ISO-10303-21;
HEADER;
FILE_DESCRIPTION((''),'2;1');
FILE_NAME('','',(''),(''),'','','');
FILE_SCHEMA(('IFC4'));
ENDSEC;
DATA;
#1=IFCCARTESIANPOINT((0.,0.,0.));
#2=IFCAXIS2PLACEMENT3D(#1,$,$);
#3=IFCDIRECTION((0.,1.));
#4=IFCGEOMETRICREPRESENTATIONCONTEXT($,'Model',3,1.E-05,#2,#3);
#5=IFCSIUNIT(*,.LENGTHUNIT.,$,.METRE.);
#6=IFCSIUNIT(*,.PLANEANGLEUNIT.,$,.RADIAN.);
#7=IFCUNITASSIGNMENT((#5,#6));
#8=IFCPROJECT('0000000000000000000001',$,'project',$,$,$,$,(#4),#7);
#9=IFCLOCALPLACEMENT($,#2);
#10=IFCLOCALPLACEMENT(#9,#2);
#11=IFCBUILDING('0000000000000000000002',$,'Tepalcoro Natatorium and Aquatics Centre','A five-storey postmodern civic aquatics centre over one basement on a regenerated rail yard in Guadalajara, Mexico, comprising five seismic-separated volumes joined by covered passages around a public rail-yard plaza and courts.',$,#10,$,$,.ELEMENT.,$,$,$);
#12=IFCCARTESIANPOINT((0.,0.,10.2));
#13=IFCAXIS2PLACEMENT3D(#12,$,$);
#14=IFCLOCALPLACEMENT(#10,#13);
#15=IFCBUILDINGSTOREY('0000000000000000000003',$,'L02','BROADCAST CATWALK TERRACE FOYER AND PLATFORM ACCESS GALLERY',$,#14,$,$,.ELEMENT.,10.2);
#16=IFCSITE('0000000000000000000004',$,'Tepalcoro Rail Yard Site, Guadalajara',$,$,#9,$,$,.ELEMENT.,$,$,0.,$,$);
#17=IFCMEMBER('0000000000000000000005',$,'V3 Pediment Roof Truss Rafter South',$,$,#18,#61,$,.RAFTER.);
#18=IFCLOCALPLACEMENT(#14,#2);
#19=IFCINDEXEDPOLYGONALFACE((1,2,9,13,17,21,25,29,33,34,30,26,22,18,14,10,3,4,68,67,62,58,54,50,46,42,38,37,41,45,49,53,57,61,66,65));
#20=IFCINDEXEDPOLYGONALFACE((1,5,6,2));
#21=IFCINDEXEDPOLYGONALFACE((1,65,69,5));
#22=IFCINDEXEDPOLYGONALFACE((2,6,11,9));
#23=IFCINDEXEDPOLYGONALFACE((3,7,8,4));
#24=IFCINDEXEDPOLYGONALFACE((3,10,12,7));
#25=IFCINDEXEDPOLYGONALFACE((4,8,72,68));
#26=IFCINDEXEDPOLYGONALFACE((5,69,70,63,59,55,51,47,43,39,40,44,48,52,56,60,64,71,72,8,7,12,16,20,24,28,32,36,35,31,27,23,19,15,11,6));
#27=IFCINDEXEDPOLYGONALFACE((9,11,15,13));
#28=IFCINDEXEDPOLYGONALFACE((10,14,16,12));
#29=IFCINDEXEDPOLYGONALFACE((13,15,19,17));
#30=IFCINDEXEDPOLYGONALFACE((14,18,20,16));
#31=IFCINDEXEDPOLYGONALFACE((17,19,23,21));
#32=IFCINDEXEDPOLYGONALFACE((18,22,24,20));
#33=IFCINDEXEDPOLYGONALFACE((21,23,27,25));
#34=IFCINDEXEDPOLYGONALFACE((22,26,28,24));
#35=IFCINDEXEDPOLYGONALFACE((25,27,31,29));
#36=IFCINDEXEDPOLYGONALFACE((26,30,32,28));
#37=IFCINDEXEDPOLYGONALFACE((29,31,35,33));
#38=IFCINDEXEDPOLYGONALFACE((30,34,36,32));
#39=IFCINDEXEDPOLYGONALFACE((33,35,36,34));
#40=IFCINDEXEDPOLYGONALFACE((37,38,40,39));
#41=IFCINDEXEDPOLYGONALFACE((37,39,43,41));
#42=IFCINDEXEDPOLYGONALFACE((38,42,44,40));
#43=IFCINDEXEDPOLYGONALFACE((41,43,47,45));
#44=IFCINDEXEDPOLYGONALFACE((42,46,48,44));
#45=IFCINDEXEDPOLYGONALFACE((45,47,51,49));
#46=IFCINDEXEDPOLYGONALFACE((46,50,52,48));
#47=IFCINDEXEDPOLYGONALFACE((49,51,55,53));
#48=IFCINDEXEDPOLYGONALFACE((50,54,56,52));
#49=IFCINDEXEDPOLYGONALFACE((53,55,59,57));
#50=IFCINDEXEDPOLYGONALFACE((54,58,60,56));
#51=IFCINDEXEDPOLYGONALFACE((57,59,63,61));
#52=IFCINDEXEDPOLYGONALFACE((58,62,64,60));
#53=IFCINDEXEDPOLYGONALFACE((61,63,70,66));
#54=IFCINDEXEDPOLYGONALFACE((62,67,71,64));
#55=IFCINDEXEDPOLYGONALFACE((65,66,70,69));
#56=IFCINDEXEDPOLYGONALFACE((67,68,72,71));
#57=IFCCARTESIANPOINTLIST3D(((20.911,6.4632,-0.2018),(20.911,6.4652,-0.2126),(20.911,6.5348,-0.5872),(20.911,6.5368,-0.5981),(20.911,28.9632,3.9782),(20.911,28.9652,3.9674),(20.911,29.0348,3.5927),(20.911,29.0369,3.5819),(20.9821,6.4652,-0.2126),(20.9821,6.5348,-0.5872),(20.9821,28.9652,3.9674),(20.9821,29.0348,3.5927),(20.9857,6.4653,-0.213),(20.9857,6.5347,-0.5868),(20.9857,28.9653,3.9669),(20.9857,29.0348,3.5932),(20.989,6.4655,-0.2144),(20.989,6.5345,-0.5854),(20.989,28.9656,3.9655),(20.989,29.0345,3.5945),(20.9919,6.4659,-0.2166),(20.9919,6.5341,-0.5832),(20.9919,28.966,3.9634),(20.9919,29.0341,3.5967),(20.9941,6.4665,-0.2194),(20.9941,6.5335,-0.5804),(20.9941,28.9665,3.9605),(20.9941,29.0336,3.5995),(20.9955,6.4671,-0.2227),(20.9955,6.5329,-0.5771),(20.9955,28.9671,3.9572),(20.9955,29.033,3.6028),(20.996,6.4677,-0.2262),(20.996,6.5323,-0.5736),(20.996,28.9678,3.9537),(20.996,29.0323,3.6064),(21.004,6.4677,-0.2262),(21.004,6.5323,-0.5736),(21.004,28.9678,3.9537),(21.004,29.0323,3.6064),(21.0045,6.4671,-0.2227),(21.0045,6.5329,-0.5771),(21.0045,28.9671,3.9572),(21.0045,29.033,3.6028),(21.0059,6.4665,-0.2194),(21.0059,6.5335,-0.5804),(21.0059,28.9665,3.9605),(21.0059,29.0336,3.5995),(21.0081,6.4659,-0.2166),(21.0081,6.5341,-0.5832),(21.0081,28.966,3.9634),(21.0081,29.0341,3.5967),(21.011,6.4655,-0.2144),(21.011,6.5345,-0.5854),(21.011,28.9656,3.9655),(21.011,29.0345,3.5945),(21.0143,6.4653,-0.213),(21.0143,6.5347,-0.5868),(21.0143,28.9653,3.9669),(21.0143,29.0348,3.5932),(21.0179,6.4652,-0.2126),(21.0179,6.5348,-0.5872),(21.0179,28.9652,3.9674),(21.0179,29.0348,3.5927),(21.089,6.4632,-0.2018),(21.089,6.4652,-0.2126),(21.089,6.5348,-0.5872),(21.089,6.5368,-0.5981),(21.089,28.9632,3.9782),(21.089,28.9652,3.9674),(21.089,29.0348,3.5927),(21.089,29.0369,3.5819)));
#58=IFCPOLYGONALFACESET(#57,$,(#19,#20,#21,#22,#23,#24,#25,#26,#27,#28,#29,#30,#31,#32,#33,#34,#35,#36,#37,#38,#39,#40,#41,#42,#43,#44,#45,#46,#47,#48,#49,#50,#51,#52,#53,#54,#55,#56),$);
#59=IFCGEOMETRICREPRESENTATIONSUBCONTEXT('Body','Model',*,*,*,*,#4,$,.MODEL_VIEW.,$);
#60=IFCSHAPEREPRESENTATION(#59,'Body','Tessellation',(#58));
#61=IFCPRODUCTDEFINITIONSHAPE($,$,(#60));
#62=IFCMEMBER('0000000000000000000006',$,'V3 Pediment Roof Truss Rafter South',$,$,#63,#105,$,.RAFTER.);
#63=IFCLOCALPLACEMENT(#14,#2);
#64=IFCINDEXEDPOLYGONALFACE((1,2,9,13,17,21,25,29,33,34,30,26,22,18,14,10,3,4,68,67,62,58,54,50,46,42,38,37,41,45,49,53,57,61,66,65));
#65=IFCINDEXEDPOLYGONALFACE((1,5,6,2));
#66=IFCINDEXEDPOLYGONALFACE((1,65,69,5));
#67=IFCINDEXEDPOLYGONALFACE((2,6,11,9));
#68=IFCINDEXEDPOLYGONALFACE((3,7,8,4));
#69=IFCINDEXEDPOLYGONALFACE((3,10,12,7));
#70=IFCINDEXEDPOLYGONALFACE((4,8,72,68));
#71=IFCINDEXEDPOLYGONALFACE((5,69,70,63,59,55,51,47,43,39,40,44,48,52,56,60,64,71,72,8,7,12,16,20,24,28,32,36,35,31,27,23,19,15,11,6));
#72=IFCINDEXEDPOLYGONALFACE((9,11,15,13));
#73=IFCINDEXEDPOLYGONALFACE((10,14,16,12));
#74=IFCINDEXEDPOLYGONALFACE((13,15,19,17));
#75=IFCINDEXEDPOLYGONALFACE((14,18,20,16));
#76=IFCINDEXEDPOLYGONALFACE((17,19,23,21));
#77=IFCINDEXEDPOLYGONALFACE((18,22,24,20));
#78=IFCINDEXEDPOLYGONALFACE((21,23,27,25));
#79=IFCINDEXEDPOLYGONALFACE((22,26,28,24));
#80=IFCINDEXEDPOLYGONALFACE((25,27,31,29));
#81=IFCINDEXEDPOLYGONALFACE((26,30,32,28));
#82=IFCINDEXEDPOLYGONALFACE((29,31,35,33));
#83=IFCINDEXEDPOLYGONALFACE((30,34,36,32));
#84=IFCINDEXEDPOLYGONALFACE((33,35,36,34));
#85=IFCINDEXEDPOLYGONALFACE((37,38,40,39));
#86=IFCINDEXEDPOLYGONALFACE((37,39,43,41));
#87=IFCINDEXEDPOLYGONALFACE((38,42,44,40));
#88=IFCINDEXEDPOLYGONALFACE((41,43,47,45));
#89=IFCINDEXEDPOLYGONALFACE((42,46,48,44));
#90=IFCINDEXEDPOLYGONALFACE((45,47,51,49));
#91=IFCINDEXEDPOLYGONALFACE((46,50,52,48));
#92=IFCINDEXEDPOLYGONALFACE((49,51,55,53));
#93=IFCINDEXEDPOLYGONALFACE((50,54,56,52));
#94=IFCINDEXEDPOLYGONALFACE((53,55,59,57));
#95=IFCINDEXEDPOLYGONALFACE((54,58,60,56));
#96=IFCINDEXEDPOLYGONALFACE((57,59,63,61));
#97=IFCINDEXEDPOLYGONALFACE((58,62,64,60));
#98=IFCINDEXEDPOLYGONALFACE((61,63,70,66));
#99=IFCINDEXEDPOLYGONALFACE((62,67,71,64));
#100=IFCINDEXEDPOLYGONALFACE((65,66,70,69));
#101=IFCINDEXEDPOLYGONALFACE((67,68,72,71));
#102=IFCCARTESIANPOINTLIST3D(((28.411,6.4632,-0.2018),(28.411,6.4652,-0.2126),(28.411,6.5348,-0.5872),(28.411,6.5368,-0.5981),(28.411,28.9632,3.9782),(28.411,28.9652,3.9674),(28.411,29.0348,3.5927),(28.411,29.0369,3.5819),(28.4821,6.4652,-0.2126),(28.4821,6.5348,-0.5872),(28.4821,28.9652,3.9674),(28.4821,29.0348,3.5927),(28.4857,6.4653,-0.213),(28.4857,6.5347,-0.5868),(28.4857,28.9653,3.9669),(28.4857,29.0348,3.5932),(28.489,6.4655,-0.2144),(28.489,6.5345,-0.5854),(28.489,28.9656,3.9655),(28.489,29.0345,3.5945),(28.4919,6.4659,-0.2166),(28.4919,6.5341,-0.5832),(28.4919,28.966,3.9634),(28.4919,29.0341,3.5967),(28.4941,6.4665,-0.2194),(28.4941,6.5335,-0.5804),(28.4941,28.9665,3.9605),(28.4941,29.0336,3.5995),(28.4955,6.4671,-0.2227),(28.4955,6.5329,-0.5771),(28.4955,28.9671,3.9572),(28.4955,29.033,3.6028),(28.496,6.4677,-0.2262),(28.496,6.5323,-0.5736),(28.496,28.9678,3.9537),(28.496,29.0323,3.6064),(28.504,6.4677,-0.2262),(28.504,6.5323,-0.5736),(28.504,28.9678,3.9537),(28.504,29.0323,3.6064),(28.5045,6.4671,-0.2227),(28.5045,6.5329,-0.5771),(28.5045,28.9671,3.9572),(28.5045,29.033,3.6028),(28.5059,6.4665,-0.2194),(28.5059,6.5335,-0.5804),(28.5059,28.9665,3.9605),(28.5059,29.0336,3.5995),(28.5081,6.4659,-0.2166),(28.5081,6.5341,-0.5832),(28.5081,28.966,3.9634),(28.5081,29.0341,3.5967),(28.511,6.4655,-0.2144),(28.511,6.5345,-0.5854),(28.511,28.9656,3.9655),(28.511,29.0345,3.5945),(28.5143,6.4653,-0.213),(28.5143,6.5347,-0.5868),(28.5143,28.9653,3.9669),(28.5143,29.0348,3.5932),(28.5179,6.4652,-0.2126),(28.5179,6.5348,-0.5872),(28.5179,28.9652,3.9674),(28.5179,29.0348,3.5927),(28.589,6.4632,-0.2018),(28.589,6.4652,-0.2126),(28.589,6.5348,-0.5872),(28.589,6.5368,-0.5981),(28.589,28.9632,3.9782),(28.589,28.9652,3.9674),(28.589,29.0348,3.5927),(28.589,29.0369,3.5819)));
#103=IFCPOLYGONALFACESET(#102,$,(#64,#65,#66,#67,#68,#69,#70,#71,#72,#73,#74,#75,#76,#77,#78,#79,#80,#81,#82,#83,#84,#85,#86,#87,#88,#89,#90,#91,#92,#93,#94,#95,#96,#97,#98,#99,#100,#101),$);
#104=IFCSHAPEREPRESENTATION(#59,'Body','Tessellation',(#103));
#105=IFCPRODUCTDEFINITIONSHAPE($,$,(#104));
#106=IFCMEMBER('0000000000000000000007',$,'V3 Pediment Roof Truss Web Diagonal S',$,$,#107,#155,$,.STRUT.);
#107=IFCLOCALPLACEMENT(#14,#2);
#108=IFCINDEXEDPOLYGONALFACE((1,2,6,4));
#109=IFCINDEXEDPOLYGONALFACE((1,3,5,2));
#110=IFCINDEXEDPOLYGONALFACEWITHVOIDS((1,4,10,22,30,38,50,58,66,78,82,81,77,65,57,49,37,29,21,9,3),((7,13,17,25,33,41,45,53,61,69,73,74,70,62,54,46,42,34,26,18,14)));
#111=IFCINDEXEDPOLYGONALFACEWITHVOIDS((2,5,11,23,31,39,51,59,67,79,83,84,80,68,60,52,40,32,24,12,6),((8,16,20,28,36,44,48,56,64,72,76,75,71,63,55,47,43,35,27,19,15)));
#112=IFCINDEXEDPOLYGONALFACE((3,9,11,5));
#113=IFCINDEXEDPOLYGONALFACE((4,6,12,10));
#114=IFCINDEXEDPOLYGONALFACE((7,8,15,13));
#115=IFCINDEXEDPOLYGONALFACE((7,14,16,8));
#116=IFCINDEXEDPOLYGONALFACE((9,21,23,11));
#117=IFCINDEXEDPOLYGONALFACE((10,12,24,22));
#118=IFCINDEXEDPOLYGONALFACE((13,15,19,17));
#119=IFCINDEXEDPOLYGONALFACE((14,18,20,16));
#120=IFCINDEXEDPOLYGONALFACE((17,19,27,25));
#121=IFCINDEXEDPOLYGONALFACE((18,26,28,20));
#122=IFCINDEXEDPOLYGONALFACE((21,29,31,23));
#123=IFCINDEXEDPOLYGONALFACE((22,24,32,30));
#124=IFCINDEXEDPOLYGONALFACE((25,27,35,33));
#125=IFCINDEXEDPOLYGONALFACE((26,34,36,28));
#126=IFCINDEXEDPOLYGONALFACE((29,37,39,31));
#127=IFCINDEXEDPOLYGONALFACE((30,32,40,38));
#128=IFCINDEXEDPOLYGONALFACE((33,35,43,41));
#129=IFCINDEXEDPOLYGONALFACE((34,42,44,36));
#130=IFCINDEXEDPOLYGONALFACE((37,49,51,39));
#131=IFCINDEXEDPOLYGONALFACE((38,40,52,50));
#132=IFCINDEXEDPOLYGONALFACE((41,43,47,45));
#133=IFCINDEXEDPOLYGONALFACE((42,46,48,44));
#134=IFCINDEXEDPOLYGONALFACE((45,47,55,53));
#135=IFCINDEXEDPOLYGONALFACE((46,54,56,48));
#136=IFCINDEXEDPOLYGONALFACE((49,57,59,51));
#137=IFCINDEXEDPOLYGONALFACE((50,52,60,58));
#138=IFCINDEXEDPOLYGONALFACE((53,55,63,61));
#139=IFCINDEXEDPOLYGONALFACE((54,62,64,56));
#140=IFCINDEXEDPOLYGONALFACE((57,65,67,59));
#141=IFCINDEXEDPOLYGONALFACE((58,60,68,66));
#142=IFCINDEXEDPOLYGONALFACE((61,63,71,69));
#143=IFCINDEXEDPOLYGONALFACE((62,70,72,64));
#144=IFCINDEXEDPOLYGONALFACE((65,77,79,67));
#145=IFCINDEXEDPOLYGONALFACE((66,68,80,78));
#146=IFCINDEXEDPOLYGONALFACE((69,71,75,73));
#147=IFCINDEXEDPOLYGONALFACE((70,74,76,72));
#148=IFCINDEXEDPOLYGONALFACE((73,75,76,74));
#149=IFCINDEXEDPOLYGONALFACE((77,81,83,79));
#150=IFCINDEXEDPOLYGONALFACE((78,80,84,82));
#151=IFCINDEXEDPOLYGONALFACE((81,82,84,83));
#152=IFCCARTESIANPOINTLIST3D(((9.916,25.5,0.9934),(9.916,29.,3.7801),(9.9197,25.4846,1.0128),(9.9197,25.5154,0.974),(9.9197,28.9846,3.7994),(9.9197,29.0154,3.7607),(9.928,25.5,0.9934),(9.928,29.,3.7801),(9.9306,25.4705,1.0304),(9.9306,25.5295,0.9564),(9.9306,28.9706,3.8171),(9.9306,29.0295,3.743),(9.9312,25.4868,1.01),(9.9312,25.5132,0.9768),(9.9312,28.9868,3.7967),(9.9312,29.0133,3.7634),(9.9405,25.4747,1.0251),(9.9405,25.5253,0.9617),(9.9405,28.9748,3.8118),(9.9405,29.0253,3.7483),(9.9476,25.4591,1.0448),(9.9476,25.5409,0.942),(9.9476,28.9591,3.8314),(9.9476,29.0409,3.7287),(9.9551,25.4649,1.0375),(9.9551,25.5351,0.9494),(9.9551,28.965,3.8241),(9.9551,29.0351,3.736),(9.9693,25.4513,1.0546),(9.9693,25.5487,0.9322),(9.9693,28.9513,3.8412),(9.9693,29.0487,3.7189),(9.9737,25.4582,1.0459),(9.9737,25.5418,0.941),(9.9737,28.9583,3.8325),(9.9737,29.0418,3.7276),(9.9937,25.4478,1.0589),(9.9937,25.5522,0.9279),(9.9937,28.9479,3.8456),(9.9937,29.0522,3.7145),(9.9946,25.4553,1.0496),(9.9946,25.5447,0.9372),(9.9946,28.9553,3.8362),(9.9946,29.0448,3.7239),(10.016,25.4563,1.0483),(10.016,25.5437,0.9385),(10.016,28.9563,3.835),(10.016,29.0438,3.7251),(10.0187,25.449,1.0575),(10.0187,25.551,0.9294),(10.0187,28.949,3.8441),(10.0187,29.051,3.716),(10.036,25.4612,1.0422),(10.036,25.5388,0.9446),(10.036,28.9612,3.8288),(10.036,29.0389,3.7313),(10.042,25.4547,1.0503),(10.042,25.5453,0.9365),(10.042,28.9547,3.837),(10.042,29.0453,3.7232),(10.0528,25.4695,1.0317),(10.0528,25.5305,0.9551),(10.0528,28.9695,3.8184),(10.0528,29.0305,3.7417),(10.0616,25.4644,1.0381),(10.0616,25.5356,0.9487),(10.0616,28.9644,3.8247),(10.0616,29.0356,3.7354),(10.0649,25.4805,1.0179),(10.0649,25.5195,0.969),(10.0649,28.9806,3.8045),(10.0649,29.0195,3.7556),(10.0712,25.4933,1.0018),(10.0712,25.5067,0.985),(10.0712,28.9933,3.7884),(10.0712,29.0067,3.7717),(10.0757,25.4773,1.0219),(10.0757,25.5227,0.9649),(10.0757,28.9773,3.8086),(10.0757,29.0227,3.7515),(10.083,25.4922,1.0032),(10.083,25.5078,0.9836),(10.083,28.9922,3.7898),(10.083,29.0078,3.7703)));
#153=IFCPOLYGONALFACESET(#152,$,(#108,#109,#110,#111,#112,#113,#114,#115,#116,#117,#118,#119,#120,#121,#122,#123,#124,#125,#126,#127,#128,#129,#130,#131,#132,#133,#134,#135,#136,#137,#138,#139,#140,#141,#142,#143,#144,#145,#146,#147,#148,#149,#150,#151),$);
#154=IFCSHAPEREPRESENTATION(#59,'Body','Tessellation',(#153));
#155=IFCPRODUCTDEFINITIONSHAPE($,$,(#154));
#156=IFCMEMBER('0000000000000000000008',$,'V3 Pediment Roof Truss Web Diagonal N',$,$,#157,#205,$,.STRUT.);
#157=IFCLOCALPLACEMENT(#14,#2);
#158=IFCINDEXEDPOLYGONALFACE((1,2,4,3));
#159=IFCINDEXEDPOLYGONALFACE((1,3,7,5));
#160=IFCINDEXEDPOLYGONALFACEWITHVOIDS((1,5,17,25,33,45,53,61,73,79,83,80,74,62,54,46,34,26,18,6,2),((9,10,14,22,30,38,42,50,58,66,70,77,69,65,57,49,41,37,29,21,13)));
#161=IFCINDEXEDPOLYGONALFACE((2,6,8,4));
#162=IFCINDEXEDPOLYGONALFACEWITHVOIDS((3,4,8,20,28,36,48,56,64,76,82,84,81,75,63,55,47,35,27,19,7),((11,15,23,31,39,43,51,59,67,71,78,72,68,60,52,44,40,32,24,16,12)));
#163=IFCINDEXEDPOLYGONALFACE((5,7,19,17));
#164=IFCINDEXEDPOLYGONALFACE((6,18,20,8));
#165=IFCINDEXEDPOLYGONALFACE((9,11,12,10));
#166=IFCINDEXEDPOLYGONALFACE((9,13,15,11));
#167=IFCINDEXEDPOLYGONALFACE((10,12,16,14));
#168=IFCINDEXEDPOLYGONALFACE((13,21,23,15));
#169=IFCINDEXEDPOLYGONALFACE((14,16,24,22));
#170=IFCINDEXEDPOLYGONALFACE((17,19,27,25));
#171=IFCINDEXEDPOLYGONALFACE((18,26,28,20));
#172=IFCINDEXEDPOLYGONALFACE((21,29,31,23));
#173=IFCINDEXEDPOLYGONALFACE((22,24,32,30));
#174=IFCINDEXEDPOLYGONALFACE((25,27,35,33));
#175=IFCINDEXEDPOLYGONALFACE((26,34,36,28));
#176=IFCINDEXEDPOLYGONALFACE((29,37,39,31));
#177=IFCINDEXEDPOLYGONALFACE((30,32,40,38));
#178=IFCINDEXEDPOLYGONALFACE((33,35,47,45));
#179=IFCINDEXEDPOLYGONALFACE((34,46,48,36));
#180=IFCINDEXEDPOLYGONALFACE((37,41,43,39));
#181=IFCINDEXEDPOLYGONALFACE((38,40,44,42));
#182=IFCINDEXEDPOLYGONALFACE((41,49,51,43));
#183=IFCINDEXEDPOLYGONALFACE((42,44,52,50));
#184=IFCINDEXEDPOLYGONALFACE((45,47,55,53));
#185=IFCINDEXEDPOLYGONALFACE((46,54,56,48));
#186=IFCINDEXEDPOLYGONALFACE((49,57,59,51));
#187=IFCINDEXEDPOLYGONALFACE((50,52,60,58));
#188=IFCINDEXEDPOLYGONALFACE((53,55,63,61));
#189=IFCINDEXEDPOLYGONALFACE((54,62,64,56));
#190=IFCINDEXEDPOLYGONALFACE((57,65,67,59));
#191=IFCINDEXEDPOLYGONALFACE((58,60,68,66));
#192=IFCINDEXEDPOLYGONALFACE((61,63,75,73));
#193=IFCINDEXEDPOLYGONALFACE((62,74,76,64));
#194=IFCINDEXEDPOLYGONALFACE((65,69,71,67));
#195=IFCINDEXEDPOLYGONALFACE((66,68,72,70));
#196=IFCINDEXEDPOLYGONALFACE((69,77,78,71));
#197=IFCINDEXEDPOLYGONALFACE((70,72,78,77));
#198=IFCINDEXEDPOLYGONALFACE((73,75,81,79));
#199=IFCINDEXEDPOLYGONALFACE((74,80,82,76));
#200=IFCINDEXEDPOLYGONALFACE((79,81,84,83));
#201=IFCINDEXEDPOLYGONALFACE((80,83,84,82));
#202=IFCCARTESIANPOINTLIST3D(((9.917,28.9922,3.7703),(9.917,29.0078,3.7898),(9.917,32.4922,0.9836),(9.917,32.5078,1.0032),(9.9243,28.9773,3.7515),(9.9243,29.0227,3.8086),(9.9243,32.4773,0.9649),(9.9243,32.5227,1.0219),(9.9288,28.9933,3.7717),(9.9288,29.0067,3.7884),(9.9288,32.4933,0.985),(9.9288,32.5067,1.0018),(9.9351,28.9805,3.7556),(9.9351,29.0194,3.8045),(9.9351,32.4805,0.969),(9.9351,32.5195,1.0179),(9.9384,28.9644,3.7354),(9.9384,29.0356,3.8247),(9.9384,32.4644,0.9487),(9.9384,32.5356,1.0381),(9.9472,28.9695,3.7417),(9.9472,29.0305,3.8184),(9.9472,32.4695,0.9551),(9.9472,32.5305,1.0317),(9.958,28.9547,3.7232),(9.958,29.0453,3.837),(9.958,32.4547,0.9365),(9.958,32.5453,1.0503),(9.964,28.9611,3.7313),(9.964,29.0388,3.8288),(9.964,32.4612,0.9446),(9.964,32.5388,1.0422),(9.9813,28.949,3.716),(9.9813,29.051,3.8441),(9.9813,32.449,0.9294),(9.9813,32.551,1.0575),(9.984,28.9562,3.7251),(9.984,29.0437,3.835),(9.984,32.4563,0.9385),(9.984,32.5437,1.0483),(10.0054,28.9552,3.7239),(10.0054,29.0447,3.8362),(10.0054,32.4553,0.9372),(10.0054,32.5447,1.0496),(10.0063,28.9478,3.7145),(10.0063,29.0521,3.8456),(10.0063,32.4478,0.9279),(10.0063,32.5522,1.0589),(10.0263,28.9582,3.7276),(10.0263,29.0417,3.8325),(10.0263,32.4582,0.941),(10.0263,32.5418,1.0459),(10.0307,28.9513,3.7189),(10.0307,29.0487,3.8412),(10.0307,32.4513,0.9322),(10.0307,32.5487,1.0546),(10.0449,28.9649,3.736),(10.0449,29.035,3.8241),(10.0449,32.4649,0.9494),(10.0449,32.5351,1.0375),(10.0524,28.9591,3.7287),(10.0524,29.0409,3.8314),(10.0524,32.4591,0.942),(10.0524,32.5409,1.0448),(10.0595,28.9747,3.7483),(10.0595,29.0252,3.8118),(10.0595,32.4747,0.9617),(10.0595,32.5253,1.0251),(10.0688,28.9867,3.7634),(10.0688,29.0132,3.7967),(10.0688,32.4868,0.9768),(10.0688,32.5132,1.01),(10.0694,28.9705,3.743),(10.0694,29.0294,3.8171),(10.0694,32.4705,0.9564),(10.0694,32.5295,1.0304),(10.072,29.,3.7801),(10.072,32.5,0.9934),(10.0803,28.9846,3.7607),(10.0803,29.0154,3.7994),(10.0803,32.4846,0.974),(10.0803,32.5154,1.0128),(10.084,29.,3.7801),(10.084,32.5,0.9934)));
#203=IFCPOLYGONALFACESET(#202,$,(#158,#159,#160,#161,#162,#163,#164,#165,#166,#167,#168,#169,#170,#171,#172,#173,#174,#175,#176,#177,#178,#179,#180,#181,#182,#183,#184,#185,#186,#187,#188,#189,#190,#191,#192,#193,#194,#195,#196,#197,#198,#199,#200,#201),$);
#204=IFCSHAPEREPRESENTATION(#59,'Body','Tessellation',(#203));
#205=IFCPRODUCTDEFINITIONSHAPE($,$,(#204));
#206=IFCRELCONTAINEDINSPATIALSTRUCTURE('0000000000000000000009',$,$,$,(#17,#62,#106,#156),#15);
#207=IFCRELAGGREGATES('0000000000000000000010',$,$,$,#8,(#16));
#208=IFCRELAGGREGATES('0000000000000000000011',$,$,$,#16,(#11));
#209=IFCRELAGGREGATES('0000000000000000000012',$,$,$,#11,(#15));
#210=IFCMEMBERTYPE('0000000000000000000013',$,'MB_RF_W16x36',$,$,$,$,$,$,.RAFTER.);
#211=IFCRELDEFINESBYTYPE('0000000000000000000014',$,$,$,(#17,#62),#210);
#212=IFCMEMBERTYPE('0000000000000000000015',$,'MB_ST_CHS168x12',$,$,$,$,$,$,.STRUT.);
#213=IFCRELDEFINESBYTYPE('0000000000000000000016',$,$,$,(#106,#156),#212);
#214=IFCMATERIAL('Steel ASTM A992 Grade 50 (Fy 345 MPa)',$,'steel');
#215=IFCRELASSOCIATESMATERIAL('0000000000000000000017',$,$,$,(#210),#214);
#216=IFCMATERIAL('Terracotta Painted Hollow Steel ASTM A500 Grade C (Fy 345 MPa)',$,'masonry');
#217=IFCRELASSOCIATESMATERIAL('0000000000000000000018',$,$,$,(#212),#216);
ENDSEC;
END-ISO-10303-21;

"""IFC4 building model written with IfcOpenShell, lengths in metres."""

from ifc_helpers import new_model, si_unit, direction, frame, origin, origin_2d, place, context, subcontext, project, spatial, hollow_circle, i_section, extrude, material, material_profile, profile_set, type_object, element, save


model = new_model("IFC4")

# Units and contexts
model_context = context("Model", 3, precision=1e-05, world=origin(), true_north=direction((0.0, 1.0)))
body_context = subcontext(model_context, "Body", "Model", "MODEL_VIEW")
ifc_project = project(units=[si_unit("LENGTHUNIT", "METRE"), si_unit("PLANEANGLEUNIT", "RADIAN")], contexts=[model_context])

# Site, building, storey
site_placement = place(None, origin())
site = spatial("IfcSite", under=ifc_project, at=site_placement, Name="Tepalcoro Rail Yard Site, Guadalajara", CompositionType="ELEMENT", RefElevation=0.0)
building_placement = place(site_placement, origin())
building = spatial("IfcBuilding", under=site, at=building_placement, Name="Tepalcoro Natatorium and Aquatics Centre", Description="A five-storey postmodern civic aquatics centre over one basement on a regenerated rail yard in Guadalajara, Mexico, comprising five seismic-separated volumes joined by covered passages around a public rail-yard plaza and courts.", CompositionType="ELEMENT")
storey_placement = place(building_placement, frame((0.0, 0.0, 10.2)))
storey = spatial("IfcBuildingStorey", under=building, at=storey_placement, Name="L02", Description="BROADCAST CATWALK TERRACE FOYER AND PLATFORM ACCESS GALLERY", CompositionType="ELEMENT", Elevation=10.2)

# Members
ifc_material_1 = material(Name="Terracotta Painted Hollow Steel ASTM A500 Grade C (Fy 345 MPa)", Category="masonry")
ifc_material_2 = material(Name="Steel ASTM A992 Grade 50 (Fy 345 MPa)", Category="steel")
ifc_material_profile_1 = material_profile(ifc_material_2, i_section(OverallWidth=0.178, OverallDepth=0.4031, WebThickness=0.0081, FlangeThickness=0.011, FilletRadius=0.0139, at=origin_2d()), Name="W16X36")
ifc_profile_set_1 = profile_set([ifc_material_profile_1], Name="Steel ASTM A992 Grade 50 (Fy 345 MPa)")
member_type_1 = type_object("IfcMemberType", Name="MB_RF_W16x36", PredefinedType="RAFTER", material=ifc_profile_set_1)
for number, where, z_axis, x_axis, name in (
    (1, (21.0, 6.5, -0.3999), (0.0, 0.983178, 0.18265), (-1.0, 0.0, 0.0), "V3 Pediment Roof Truss Rafter South"),
    (2, (28.5, 6.5, -0.3999), (0.0, 0.983178, 0.18265), (-1.0, 0.0, 0.0), "V3 Pediment Roof Truss Rafter South"),
):
    element("IfcMember", number, at=place(storey_placement, frame(where, z_axis=z_axis, x_axis=x_axis)), inside=storey, type_object=member_type_1, Name=name, PredefinedType="RAFTER", context=body_context, shape_type="SweptSolid", body=[
        extrude(i_section(OverallWidth=0.178, OverallDepth=0.4031, WebThickness=0.0081, FlangeThickness=0.011, FilletRadius=0.0139, at=origin_2d()), origin(), (0.0, 0.0, 1.0), 22.885),
    ])
ifc_material_profile_2 = material_profile(ifc_material_1, hollow_circle(Radius=0.084, WallThickness=0.012, at=origin_2d()), Name="CHS168X12")
ifc_profile_set_2 = profile_set([ifc_material_profile_2], Name="Terracotta Painted Hollow Steel ASTM A500 Grade C (Fy 345 MPa)")
member_type_2 = type_object("IfcMemberType", Name="MB_ST_CHS168x12", PredefinedType="STRUT", material=ifc_profile_set_2)
for number, where, z_axis, x_axis, name in (
    (3, (10.0, 25.5, 0.9934), (0.0, 0.782325, 0.62287), (-1.0, 0.0, 0.0), "V3 Pediment Roof Truss Web Diagonal S"),
    (4, (10.0, 32.5, 0.9934), (0.0, -0.782325, 0.62287), (1.0, 0.0, 0.0), "V3 Pediment Roof Truss Web Diagonal N"),
):
    element("IfcMember", number, at=place(storey_placement, frame(where, z_axis=z_axis, x_axis=x_axis)), inside=storey, type_object=member_type_2, Name=name, PredefinedType="STRUT", context=body_context, shape_type="SweptSolid", body=[
        extrude(hollow_circle(Radius=0.084, WallThickness=0.012, at=origin_2d()), origin(), (0.0, 0.0, 1.0), 4.4739),
    ])

save(model, "model.ifc")
